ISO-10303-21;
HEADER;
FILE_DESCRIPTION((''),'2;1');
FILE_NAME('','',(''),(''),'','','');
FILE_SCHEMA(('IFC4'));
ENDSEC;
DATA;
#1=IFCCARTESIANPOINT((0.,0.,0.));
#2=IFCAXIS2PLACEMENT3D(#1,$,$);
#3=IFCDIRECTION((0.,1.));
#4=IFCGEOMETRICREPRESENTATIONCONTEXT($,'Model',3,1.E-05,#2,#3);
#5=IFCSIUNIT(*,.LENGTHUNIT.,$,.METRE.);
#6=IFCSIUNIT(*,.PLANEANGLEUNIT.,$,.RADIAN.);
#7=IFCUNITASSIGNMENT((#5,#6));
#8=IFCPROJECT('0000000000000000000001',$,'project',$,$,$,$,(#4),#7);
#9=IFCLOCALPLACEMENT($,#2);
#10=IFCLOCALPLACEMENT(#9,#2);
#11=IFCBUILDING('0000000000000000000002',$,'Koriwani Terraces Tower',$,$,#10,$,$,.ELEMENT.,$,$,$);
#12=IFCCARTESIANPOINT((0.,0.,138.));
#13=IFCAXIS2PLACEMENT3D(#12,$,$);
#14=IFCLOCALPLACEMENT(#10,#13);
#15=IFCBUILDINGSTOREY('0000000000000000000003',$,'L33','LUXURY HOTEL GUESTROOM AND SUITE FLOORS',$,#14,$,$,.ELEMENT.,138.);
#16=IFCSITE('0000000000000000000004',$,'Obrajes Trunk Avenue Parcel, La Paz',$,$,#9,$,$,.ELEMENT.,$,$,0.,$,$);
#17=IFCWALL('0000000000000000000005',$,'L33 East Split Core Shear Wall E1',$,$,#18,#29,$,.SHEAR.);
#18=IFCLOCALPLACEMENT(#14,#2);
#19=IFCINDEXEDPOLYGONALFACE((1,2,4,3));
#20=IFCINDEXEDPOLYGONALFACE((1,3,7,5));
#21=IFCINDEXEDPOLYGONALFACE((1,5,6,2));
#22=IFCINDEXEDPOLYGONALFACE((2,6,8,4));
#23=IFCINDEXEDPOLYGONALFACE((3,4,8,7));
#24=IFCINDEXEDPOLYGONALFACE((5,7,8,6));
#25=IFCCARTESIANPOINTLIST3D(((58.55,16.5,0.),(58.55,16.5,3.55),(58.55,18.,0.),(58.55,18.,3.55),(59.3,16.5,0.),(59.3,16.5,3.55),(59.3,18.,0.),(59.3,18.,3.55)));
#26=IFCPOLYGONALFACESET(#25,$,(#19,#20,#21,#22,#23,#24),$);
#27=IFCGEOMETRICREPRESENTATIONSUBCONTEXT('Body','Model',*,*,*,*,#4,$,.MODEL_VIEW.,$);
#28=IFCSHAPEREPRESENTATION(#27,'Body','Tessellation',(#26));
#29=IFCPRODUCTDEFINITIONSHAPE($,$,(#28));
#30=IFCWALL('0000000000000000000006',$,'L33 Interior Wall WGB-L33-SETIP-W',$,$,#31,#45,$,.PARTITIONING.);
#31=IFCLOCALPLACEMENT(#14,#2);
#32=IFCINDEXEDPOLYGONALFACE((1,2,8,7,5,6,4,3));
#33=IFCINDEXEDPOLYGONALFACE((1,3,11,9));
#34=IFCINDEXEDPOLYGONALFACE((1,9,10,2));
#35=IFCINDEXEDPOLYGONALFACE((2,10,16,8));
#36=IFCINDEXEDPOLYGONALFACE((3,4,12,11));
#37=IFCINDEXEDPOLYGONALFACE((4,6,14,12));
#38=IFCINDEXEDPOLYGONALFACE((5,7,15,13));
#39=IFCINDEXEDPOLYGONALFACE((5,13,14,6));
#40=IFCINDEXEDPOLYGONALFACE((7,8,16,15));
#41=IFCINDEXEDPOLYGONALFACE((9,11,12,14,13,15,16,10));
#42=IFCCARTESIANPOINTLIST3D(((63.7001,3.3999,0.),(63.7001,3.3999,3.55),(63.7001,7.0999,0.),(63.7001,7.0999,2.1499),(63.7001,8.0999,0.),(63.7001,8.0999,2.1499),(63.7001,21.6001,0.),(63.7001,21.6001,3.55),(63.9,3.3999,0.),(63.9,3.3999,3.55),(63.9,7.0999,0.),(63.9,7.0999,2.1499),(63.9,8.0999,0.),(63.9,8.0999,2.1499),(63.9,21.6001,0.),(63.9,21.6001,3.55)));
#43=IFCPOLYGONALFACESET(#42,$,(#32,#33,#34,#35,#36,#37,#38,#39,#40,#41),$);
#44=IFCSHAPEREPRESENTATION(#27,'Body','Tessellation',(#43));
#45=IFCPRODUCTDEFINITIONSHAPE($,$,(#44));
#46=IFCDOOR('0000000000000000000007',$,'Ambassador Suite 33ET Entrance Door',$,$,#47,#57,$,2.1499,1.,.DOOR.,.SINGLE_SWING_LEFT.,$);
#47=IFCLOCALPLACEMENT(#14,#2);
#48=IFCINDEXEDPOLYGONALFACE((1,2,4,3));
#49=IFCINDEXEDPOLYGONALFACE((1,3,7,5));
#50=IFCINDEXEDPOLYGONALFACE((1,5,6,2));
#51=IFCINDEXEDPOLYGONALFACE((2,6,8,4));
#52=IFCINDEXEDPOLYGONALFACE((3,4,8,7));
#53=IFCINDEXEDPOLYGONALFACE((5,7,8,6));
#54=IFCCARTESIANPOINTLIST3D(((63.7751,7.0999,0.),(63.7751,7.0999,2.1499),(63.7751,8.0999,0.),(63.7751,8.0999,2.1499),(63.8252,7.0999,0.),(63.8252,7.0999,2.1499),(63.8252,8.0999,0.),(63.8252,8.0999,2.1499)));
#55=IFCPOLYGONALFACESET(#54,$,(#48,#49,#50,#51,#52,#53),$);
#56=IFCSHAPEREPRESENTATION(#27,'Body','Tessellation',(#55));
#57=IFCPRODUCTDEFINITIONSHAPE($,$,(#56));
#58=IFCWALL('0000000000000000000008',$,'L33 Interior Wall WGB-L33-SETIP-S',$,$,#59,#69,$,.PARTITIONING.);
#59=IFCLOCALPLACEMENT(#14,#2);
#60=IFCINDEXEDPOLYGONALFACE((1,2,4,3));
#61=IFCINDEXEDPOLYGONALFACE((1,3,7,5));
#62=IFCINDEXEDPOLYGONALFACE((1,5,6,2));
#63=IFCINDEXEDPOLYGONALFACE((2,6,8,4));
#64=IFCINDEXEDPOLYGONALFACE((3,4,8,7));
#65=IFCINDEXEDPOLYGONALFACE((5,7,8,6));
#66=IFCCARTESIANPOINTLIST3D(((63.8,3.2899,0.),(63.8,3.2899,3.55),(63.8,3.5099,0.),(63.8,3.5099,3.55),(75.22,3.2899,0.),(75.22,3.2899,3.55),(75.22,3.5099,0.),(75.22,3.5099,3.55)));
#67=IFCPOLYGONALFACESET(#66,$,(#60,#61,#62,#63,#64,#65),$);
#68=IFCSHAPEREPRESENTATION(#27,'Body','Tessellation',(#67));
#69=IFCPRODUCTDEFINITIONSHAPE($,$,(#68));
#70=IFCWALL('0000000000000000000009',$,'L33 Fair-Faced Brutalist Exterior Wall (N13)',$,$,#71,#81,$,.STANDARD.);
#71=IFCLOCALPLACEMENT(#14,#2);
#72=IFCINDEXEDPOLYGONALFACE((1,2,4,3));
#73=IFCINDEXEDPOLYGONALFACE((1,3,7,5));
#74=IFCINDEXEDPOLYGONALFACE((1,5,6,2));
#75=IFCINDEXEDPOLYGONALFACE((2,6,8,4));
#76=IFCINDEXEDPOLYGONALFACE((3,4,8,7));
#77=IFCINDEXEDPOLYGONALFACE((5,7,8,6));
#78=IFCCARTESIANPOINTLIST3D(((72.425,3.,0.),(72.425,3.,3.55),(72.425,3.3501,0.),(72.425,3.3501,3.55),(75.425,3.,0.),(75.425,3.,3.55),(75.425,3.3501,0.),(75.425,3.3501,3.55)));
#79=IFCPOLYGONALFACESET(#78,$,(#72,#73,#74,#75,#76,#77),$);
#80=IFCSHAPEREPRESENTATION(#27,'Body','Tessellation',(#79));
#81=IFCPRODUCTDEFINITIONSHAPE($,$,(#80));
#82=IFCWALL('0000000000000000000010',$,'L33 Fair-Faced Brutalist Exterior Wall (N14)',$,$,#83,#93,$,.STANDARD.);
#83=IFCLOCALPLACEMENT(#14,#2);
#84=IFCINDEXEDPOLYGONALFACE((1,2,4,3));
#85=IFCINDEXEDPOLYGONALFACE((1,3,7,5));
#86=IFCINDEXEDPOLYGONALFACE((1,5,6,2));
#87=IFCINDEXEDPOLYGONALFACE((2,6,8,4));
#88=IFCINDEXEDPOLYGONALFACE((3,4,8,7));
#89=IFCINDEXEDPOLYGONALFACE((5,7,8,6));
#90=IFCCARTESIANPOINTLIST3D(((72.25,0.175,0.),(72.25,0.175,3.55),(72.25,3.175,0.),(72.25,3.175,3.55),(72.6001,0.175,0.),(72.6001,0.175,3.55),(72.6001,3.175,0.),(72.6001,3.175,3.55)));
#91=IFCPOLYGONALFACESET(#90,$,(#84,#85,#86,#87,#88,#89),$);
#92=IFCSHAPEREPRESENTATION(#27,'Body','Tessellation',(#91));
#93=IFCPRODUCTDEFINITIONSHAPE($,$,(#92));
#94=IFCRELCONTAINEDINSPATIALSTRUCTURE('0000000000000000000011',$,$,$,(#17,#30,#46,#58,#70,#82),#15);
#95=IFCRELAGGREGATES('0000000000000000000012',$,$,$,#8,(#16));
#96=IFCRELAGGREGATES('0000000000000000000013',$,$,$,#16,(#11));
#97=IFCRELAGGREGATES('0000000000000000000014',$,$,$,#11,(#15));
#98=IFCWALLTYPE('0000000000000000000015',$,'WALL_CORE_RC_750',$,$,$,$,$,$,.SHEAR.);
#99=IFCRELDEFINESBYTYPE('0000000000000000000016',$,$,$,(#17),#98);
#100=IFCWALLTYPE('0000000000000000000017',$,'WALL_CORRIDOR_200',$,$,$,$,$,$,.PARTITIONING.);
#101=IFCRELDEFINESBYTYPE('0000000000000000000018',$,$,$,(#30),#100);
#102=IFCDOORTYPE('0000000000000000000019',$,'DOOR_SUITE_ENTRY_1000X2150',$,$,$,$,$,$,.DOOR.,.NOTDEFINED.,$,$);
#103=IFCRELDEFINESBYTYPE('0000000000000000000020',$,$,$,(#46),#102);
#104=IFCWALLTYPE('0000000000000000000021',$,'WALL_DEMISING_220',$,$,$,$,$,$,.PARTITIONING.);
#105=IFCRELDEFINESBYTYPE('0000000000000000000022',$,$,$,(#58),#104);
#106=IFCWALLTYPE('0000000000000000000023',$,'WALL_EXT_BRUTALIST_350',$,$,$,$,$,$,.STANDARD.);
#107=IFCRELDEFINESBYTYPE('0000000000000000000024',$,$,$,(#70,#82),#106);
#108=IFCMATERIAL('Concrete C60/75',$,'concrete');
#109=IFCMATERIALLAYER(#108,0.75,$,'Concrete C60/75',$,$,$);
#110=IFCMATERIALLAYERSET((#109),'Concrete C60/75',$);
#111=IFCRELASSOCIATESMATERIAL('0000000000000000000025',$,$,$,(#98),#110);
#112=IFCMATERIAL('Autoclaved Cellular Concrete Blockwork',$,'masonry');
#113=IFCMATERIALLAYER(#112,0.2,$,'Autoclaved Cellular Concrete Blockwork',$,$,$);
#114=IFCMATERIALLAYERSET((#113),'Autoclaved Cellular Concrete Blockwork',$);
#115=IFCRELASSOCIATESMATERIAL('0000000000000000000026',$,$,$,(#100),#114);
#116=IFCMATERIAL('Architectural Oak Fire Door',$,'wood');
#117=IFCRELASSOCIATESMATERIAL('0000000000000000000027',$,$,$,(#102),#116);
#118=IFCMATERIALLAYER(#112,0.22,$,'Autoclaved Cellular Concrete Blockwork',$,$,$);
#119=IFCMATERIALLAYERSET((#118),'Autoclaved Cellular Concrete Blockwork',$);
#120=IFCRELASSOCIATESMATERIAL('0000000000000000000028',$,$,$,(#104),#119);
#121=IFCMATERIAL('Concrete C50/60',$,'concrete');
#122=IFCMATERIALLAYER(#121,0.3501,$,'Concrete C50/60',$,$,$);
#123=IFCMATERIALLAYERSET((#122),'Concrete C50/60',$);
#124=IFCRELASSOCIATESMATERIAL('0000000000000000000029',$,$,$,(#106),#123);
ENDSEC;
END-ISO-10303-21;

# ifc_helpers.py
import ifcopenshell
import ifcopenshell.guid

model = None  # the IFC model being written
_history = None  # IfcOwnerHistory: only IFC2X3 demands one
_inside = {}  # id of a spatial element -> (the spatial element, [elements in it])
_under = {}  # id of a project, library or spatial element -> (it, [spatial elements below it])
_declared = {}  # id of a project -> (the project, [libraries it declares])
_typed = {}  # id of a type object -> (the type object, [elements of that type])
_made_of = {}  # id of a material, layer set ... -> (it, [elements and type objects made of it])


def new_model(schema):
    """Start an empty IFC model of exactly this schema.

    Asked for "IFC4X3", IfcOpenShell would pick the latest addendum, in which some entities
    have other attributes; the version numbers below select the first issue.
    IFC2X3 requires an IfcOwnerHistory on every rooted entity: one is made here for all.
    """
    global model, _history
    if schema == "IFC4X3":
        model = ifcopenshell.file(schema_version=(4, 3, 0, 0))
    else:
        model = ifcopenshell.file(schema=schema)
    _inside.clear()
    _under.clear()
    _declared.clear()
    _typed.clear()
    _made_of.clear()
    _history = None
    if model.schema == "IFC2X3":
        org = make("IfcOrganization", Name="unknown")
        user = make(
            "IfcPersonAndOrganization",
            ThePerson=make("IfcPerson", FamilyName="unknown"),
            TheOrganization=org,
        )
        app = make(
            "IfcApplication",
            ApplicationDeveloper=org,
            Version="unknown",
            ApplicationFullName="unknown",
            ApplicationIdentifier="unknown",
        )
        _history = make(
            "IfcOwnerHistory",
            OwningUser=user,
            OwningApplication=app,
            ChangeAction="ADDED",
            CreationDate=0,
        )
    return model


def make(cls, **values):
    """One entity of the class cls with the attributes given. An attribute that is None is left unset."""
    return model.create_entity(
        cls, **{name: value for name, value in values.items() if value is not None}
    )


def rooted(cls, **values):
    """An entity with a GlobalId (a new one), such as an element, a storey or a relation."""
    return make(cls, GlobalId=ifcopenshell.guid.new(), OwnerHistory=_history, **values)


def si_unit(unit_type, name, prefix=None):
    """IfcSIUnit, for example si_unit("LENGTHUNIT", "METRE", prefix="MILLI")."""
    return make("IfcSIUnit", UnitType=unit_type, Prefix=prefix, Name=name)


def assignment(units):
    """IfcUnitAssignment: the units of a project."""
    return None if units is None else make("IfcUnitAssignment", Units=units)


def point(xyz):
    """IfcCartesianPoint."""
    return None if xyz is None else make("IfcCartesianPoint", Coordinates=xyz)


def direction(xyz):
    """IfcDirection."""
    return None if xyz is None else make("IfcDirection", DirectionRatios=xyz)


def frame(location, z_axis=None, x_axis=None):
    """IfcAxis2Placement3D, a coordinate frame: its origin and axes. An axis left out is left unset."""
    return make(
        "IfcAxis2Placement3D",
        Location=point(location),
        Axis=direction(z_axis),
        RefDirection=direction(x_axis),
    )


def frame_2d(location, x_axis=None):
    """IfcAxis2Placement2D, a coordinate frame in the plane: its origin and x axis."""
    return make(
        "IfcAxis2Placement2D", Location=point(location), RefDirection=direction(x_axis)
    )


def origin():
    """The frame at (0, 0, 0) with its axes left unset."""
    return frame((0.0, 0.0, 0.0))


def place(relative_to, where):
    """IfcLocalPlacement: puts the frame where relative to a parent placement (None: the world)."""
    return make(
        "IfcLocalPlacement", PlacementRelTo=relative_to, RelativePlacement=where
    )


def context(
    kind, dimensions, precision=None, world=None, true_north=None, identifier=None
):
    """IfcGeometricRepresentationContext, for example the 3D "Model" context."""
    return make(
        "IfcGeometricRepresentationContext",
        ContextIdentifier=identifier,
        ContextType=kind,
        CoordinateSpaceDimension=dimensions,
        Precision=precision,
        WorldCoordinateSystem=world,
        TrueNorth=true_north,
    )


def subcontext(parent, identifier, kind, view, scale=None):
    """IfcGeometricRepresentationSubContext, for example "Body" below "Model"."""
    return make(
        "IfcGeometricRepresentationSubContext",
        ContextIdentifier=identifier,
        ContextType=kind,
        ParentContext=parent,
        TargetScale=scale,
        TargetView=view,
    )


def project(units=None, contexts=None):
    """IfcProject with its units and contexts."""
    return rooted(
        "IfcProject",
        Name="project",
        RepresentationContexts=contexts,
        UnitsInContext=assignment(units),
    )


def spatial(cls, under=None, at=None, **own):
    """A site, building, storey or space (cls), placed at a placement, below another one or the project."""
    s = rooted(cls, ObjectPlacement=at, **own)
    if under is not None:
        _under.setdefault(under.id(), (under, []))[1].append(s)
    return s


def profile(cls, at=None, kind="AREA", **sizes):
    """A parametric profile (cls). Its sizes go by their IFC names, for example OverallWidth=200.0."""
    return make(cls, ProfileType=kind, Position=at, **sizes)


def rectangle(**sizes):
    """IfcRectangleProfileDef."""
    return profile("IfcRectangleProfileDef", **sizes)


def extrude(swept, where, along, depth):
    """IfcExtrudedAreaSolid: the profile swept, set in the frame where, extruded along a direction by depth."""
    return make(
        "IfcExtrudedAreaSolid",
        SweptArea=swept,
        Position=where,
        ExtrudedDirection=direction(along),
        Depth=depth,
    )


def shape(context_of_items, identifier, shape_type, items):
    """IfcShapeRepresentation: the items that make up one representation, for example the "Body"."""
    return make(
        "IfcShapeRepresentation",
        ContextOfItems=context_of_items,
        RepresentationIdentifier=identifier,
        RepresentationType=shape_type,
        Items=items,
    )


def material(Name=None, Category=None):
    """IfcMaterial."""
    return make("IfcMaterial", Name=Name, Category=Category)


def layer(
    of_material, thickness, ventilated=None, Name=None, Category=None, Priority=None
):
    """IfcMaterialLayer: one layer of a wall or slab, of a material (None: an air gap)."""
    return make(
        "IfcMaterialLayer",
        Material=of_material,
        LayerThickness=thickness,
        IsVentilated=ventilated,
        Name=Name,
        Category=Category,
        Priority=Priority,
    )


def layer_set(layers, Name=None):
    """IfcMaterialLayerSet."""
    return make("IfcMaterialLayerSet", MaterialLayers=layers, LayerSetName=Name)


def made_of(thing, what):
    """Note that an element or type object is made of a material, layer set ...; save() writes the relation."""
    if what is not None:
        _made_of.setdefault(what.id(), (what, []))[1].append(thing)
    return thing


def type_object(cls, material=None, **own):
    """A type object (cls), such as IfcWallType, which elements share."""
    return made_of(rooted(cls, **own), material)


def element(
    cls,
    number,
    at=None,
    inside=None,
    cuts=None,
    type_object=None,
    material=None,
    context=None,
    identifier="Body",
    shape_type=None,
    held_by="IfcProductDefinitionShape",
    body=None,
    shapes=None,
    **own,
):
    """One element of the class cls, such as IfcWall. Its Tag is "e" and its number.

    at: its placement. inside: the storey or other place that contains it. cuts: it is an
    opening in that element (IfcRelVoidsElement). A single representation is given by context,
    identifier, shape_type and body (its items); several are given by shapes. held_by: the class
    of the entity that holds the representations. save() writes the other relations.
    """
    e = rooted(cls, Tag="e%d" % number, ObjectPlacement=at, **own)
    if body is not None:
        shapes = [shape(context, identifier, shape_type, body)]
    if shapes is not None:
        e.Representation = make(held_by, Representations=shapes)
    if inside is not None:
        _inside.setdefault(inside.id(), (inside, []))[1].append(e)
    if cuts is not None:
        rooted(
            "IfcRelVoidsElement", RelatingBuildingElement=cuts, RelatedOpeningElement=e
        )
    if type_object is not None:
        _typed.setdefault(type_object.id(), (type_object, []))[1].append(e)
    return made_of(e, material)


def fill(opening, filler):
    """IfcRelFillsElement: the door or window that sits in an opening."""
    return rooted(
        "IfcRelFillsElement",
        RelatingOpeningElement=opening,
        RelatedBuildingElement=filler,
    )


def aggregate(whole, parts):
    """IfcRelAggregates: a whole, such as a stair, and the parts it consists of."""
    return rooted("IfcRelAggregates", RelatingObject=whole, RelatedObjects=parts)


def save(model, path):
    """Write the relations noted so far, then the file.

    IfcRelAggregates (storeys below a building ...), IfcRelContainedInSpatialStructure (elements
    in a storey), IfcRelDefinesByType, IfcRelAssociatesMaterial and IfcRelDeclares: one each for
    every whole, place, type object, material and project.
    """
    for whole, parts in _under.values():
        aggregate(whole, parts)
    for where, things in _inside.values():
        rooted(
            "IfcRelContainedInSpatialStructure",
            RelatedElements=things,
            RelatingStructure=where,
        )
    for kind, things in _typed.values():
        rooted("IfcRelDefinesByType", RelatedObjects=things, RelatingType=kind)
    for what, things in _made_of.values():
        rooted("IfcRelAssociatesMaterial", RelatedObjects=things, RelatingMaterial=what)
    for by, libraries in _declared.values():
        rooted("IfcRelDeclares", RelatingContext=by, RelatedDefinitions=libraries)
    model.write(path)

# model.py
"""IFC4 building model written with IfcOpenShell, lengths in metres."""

from ifc_helpers import new_model, si_unit, direction, frame, frame_2d, origin, place, context, subcontext, project, spatial, rectangle, extrude, material, layer, layer_set, type_object, element, fill, save


model = new_model("IFC4")

# Units and contexts
model_context = context("Model", 3, precision=1e-05, world=origin(), true_north=direction((0.0, 1.0)))
body_context = subcontext(model_context, "Body", "Model", "MODEL_VIEW")
ifc_project = project(units=[si_unit("LENGTHUNIT", "METRE"), si_unit("PLANEANGLEUNIT", "RADIAN")], contexts=[model_context])

# Site, building, storey
site_placement = place(None, origin())
site = spatial("IfcSite", under=ifc_project, at=site_placement, Name="Obrajes Trunk Avenue Parcel, La Paz", CompositionType="ELEMENT", RefElevation=0.0)
building_placement = place(site_placement, origin())
building = spatial("IfcBuilding", under=site, at=building_placement, Name="Koriwani Terraces Tower", CompositionType="ELEMENT")
storey_placement = place(building_placement, frame((0.0, 0.0, 138.0)))
storey = spatial("IfcBuildingStorey", under=building, at=storey_placement, Name="L33", Description="LUXURY HOTEL GUESTROOM AND SUITE FLOORS", CompositionType="ELEMENT", Elevation=138.0)

# Shared definitions
ifc_material_1 = material(Name="Concrete C60/75", Category="concrete")

# Shared definitions
ifc_material_2 = material(Name="Concrete C50/60", Category="concrete")

# Wall
ifc_layer_1 = layer(ifc_material_1, 0.75, Name="Concrete C60/75")
ifc_layer_set_1 = layer_set([ifc_layer_1], Name="Concrete C60/75")
wall_type_1 = type_object("IfcWallType", Name="WALL_CORE_RC_750", PredefinedType="SHEAR", material=ifc_layer_set_1)
wall_1_placement = place(storey_placement, frame((58.925, 16.5, 0.0), z_axis=(0.0, 0.0, 1.0), x_axis=(0.0, 1.0, 0.0)))
element("IfcWall", 1, at=wall_1_placement, inside=storey, type_object=wall_type_1, Name="L33 East Split Core Shear Wall E1", PredefinedType="SHEAR", context=body_context, shape_type="SweptSolid", body=[
    extrude(rectangle(XDim=1.5, YDim=0.75, at=frame_2d((0.75, 0.0))), origin(), (0.0, 0.0, 1.0), 3.55),
])

# Wall, opening, door
ifc_material_3 = material(Name="Autoclaved Cellular Concrete Blockwork", Category="masonry")
ifc_layer_2 = layer(ifc_material_3, 0.2, Name="Autoclaved Cellular Concrete Blockwork")
ifc_layer_set_2 = layer_set([ifc_layer_2], Name="Autoclaved Cellular Concrete Blockwork")
wall_type_2 = type_object("IfcWallType", Name="WALL_CORRIDOR_200", PredefinedType="PARTITIONING", material=ifc_layer_set_2)
wall_2_placement = place(storey_placement, frame((63.8, 3.3999, 0.0), z_axis=(0.0, 0.0, 1.0), x_axis=(0.0, 1.0, 0.0)))
wall_2 = element("IfcWall", 2, at=wall_2_placement, inside=storey, type_object=wall_type_2, Name="L33 Interior Wall WGB-L33-SETIP-W", PredefinedType="PARTITIONING", context=body_context, shape_type="SweptSolid", body=[
    extrude(rectangle(XDim=18.2002, YDim=0.2, at=frame_2d((9.1001, 0.0))), origin(), (0.0, 0.0, 1.0), 3.55),
])
opening_1_placement = place(wall_2_placement, frame((3.7, 0.0, 0.0)))
opening_1 = element("IfcOpeningElement", 3, at=opening_1_placement, cuts=wall_2, PredefinedType="OPENING", context=body_context, shape_type="SweptSolid", body=[
    extrude(rectangle(XDim=1.0, YDim=2.1499, at=frame_2d((0.5, 1.075))), frame((0.0, 0.1099, 0.0), z_axis=(0.0, -1.0, 0.0), x_axis=(1.0, 0.0, 0.0)), (0.0, 0.0, 1.0), 0.22),
])
ifc_material_4 = material(Name="Architectural Oak Fire Door", Category="wood")
door_type_1 = type_object("IfcDoorType", Name="DOOR_SUITE_ENTRY_1000X2150", OperationType="NOTDEFINED", PredefinedType="DOOR", material=ifc_material_4)
door_1_placement = place(opening_1_placement, origin())
door_1 = element("IfcDoor", 4, at=door_1_placement, inside=storey, type_object=door_type_1, Name="Ambassador Suite 33ET Entrance Door", OperationType="SINGLE_SWING_LEFT", OverallHeight=2.1499, OverallWidth=1.0, PredefinedType="DOOR", context=body_context, shape_type="SweptSolid", body=[
    extrude(rectangle(XDim=1.0, YDim=2.1499, at=frame_2d((0.5, 1.075))), frame((0.0, 0.0249, 0.0), z_axis=(0.0, -1.0, 0.0), x_axis=(1.0, 0.0, 0.0)), (0.0, 0.0, 1.0), 0.05),
])
fill(opening_1, door_1)

# Walls
ifc_layer_3 = layer(ifc_material_3, 0.22, Name="Autoclaved Cellular Concrete Blockwork")
ifc_layer_set_3 = layer_set([ifc_layer_3], Name="Autoclaved Cellular Concrete Blockwork")
wall_type_3 = type_object("IfcWallType", Name="WALL_DEMISING_220", PredefinedType="PARTITIONING", material=ifc_layer_set_3)
wall_3_placement = place(storey_placement, frame((63.8, 3.3999, 0.0), z_axis=(0.0, 0.0, 1.0), x_axis=(1.0, 0.0, 0.0)))
element("IfcWall", 5, at=wall_3_placement, inside=storey, type_object=wall_type_3, Name="L33 Interior Wall WGB-L33-SETIP-S", PredefinedType="PARTITIONING", context=body_context, shape_type="SweptSolid", body=[
    extrude(rectangle(XDim=11.4199, YDim=0.22, at=frame_2d((5.71, 0.0))), origin(), (0.0, 0.0, 1.0), 3.55),
])
ifc_layer_4 = layer(ifc_material_2, 0.3501, Name="Concrete C50/60")
ifc_layer_set_4 = layer_set([ifc_layer_4], Name="Concrete C50/60")
wall_type_4 = type_object("IfcWallType", Name="WALL_EXT_BRUTALIST_350", PredefinedType="STANDARD", material=ifc_layer_set_4)
for number, where, z_axis, x_axis, name in (
    (6, (75.425, 3.175, 0.0), (0.0, 0.0, 1.0), (-1.0, 0.0, 0.0), "L33 Fair-Faced Brutalist Exterior Wall (N13)"),
    (7, (72.425, 3.175, 0.0), (0.0, 0.0, 1.0), (0.0, -1.0, 0.0), "L33 Fair-Faced Brutalist Exterior Wall (N14)"),
):
    element("IfcWall", number, at=place(storey_placement, frame(where, z_axis=z_axis, x_axis=x_axis)), inside=storey, type_object=wall_type_4, Name=name, PredefinedType="STANDARD", context=body_context, shape_type="SweptSolid", body=[
        extrude(rectangle(XDim=3.0, YDim=0.3501, at=frame_2d((1.5, 0.0))), origin(), (0.0, 0.0, 1.0), 3.55),
    ])

save(model, "model.ifc")
